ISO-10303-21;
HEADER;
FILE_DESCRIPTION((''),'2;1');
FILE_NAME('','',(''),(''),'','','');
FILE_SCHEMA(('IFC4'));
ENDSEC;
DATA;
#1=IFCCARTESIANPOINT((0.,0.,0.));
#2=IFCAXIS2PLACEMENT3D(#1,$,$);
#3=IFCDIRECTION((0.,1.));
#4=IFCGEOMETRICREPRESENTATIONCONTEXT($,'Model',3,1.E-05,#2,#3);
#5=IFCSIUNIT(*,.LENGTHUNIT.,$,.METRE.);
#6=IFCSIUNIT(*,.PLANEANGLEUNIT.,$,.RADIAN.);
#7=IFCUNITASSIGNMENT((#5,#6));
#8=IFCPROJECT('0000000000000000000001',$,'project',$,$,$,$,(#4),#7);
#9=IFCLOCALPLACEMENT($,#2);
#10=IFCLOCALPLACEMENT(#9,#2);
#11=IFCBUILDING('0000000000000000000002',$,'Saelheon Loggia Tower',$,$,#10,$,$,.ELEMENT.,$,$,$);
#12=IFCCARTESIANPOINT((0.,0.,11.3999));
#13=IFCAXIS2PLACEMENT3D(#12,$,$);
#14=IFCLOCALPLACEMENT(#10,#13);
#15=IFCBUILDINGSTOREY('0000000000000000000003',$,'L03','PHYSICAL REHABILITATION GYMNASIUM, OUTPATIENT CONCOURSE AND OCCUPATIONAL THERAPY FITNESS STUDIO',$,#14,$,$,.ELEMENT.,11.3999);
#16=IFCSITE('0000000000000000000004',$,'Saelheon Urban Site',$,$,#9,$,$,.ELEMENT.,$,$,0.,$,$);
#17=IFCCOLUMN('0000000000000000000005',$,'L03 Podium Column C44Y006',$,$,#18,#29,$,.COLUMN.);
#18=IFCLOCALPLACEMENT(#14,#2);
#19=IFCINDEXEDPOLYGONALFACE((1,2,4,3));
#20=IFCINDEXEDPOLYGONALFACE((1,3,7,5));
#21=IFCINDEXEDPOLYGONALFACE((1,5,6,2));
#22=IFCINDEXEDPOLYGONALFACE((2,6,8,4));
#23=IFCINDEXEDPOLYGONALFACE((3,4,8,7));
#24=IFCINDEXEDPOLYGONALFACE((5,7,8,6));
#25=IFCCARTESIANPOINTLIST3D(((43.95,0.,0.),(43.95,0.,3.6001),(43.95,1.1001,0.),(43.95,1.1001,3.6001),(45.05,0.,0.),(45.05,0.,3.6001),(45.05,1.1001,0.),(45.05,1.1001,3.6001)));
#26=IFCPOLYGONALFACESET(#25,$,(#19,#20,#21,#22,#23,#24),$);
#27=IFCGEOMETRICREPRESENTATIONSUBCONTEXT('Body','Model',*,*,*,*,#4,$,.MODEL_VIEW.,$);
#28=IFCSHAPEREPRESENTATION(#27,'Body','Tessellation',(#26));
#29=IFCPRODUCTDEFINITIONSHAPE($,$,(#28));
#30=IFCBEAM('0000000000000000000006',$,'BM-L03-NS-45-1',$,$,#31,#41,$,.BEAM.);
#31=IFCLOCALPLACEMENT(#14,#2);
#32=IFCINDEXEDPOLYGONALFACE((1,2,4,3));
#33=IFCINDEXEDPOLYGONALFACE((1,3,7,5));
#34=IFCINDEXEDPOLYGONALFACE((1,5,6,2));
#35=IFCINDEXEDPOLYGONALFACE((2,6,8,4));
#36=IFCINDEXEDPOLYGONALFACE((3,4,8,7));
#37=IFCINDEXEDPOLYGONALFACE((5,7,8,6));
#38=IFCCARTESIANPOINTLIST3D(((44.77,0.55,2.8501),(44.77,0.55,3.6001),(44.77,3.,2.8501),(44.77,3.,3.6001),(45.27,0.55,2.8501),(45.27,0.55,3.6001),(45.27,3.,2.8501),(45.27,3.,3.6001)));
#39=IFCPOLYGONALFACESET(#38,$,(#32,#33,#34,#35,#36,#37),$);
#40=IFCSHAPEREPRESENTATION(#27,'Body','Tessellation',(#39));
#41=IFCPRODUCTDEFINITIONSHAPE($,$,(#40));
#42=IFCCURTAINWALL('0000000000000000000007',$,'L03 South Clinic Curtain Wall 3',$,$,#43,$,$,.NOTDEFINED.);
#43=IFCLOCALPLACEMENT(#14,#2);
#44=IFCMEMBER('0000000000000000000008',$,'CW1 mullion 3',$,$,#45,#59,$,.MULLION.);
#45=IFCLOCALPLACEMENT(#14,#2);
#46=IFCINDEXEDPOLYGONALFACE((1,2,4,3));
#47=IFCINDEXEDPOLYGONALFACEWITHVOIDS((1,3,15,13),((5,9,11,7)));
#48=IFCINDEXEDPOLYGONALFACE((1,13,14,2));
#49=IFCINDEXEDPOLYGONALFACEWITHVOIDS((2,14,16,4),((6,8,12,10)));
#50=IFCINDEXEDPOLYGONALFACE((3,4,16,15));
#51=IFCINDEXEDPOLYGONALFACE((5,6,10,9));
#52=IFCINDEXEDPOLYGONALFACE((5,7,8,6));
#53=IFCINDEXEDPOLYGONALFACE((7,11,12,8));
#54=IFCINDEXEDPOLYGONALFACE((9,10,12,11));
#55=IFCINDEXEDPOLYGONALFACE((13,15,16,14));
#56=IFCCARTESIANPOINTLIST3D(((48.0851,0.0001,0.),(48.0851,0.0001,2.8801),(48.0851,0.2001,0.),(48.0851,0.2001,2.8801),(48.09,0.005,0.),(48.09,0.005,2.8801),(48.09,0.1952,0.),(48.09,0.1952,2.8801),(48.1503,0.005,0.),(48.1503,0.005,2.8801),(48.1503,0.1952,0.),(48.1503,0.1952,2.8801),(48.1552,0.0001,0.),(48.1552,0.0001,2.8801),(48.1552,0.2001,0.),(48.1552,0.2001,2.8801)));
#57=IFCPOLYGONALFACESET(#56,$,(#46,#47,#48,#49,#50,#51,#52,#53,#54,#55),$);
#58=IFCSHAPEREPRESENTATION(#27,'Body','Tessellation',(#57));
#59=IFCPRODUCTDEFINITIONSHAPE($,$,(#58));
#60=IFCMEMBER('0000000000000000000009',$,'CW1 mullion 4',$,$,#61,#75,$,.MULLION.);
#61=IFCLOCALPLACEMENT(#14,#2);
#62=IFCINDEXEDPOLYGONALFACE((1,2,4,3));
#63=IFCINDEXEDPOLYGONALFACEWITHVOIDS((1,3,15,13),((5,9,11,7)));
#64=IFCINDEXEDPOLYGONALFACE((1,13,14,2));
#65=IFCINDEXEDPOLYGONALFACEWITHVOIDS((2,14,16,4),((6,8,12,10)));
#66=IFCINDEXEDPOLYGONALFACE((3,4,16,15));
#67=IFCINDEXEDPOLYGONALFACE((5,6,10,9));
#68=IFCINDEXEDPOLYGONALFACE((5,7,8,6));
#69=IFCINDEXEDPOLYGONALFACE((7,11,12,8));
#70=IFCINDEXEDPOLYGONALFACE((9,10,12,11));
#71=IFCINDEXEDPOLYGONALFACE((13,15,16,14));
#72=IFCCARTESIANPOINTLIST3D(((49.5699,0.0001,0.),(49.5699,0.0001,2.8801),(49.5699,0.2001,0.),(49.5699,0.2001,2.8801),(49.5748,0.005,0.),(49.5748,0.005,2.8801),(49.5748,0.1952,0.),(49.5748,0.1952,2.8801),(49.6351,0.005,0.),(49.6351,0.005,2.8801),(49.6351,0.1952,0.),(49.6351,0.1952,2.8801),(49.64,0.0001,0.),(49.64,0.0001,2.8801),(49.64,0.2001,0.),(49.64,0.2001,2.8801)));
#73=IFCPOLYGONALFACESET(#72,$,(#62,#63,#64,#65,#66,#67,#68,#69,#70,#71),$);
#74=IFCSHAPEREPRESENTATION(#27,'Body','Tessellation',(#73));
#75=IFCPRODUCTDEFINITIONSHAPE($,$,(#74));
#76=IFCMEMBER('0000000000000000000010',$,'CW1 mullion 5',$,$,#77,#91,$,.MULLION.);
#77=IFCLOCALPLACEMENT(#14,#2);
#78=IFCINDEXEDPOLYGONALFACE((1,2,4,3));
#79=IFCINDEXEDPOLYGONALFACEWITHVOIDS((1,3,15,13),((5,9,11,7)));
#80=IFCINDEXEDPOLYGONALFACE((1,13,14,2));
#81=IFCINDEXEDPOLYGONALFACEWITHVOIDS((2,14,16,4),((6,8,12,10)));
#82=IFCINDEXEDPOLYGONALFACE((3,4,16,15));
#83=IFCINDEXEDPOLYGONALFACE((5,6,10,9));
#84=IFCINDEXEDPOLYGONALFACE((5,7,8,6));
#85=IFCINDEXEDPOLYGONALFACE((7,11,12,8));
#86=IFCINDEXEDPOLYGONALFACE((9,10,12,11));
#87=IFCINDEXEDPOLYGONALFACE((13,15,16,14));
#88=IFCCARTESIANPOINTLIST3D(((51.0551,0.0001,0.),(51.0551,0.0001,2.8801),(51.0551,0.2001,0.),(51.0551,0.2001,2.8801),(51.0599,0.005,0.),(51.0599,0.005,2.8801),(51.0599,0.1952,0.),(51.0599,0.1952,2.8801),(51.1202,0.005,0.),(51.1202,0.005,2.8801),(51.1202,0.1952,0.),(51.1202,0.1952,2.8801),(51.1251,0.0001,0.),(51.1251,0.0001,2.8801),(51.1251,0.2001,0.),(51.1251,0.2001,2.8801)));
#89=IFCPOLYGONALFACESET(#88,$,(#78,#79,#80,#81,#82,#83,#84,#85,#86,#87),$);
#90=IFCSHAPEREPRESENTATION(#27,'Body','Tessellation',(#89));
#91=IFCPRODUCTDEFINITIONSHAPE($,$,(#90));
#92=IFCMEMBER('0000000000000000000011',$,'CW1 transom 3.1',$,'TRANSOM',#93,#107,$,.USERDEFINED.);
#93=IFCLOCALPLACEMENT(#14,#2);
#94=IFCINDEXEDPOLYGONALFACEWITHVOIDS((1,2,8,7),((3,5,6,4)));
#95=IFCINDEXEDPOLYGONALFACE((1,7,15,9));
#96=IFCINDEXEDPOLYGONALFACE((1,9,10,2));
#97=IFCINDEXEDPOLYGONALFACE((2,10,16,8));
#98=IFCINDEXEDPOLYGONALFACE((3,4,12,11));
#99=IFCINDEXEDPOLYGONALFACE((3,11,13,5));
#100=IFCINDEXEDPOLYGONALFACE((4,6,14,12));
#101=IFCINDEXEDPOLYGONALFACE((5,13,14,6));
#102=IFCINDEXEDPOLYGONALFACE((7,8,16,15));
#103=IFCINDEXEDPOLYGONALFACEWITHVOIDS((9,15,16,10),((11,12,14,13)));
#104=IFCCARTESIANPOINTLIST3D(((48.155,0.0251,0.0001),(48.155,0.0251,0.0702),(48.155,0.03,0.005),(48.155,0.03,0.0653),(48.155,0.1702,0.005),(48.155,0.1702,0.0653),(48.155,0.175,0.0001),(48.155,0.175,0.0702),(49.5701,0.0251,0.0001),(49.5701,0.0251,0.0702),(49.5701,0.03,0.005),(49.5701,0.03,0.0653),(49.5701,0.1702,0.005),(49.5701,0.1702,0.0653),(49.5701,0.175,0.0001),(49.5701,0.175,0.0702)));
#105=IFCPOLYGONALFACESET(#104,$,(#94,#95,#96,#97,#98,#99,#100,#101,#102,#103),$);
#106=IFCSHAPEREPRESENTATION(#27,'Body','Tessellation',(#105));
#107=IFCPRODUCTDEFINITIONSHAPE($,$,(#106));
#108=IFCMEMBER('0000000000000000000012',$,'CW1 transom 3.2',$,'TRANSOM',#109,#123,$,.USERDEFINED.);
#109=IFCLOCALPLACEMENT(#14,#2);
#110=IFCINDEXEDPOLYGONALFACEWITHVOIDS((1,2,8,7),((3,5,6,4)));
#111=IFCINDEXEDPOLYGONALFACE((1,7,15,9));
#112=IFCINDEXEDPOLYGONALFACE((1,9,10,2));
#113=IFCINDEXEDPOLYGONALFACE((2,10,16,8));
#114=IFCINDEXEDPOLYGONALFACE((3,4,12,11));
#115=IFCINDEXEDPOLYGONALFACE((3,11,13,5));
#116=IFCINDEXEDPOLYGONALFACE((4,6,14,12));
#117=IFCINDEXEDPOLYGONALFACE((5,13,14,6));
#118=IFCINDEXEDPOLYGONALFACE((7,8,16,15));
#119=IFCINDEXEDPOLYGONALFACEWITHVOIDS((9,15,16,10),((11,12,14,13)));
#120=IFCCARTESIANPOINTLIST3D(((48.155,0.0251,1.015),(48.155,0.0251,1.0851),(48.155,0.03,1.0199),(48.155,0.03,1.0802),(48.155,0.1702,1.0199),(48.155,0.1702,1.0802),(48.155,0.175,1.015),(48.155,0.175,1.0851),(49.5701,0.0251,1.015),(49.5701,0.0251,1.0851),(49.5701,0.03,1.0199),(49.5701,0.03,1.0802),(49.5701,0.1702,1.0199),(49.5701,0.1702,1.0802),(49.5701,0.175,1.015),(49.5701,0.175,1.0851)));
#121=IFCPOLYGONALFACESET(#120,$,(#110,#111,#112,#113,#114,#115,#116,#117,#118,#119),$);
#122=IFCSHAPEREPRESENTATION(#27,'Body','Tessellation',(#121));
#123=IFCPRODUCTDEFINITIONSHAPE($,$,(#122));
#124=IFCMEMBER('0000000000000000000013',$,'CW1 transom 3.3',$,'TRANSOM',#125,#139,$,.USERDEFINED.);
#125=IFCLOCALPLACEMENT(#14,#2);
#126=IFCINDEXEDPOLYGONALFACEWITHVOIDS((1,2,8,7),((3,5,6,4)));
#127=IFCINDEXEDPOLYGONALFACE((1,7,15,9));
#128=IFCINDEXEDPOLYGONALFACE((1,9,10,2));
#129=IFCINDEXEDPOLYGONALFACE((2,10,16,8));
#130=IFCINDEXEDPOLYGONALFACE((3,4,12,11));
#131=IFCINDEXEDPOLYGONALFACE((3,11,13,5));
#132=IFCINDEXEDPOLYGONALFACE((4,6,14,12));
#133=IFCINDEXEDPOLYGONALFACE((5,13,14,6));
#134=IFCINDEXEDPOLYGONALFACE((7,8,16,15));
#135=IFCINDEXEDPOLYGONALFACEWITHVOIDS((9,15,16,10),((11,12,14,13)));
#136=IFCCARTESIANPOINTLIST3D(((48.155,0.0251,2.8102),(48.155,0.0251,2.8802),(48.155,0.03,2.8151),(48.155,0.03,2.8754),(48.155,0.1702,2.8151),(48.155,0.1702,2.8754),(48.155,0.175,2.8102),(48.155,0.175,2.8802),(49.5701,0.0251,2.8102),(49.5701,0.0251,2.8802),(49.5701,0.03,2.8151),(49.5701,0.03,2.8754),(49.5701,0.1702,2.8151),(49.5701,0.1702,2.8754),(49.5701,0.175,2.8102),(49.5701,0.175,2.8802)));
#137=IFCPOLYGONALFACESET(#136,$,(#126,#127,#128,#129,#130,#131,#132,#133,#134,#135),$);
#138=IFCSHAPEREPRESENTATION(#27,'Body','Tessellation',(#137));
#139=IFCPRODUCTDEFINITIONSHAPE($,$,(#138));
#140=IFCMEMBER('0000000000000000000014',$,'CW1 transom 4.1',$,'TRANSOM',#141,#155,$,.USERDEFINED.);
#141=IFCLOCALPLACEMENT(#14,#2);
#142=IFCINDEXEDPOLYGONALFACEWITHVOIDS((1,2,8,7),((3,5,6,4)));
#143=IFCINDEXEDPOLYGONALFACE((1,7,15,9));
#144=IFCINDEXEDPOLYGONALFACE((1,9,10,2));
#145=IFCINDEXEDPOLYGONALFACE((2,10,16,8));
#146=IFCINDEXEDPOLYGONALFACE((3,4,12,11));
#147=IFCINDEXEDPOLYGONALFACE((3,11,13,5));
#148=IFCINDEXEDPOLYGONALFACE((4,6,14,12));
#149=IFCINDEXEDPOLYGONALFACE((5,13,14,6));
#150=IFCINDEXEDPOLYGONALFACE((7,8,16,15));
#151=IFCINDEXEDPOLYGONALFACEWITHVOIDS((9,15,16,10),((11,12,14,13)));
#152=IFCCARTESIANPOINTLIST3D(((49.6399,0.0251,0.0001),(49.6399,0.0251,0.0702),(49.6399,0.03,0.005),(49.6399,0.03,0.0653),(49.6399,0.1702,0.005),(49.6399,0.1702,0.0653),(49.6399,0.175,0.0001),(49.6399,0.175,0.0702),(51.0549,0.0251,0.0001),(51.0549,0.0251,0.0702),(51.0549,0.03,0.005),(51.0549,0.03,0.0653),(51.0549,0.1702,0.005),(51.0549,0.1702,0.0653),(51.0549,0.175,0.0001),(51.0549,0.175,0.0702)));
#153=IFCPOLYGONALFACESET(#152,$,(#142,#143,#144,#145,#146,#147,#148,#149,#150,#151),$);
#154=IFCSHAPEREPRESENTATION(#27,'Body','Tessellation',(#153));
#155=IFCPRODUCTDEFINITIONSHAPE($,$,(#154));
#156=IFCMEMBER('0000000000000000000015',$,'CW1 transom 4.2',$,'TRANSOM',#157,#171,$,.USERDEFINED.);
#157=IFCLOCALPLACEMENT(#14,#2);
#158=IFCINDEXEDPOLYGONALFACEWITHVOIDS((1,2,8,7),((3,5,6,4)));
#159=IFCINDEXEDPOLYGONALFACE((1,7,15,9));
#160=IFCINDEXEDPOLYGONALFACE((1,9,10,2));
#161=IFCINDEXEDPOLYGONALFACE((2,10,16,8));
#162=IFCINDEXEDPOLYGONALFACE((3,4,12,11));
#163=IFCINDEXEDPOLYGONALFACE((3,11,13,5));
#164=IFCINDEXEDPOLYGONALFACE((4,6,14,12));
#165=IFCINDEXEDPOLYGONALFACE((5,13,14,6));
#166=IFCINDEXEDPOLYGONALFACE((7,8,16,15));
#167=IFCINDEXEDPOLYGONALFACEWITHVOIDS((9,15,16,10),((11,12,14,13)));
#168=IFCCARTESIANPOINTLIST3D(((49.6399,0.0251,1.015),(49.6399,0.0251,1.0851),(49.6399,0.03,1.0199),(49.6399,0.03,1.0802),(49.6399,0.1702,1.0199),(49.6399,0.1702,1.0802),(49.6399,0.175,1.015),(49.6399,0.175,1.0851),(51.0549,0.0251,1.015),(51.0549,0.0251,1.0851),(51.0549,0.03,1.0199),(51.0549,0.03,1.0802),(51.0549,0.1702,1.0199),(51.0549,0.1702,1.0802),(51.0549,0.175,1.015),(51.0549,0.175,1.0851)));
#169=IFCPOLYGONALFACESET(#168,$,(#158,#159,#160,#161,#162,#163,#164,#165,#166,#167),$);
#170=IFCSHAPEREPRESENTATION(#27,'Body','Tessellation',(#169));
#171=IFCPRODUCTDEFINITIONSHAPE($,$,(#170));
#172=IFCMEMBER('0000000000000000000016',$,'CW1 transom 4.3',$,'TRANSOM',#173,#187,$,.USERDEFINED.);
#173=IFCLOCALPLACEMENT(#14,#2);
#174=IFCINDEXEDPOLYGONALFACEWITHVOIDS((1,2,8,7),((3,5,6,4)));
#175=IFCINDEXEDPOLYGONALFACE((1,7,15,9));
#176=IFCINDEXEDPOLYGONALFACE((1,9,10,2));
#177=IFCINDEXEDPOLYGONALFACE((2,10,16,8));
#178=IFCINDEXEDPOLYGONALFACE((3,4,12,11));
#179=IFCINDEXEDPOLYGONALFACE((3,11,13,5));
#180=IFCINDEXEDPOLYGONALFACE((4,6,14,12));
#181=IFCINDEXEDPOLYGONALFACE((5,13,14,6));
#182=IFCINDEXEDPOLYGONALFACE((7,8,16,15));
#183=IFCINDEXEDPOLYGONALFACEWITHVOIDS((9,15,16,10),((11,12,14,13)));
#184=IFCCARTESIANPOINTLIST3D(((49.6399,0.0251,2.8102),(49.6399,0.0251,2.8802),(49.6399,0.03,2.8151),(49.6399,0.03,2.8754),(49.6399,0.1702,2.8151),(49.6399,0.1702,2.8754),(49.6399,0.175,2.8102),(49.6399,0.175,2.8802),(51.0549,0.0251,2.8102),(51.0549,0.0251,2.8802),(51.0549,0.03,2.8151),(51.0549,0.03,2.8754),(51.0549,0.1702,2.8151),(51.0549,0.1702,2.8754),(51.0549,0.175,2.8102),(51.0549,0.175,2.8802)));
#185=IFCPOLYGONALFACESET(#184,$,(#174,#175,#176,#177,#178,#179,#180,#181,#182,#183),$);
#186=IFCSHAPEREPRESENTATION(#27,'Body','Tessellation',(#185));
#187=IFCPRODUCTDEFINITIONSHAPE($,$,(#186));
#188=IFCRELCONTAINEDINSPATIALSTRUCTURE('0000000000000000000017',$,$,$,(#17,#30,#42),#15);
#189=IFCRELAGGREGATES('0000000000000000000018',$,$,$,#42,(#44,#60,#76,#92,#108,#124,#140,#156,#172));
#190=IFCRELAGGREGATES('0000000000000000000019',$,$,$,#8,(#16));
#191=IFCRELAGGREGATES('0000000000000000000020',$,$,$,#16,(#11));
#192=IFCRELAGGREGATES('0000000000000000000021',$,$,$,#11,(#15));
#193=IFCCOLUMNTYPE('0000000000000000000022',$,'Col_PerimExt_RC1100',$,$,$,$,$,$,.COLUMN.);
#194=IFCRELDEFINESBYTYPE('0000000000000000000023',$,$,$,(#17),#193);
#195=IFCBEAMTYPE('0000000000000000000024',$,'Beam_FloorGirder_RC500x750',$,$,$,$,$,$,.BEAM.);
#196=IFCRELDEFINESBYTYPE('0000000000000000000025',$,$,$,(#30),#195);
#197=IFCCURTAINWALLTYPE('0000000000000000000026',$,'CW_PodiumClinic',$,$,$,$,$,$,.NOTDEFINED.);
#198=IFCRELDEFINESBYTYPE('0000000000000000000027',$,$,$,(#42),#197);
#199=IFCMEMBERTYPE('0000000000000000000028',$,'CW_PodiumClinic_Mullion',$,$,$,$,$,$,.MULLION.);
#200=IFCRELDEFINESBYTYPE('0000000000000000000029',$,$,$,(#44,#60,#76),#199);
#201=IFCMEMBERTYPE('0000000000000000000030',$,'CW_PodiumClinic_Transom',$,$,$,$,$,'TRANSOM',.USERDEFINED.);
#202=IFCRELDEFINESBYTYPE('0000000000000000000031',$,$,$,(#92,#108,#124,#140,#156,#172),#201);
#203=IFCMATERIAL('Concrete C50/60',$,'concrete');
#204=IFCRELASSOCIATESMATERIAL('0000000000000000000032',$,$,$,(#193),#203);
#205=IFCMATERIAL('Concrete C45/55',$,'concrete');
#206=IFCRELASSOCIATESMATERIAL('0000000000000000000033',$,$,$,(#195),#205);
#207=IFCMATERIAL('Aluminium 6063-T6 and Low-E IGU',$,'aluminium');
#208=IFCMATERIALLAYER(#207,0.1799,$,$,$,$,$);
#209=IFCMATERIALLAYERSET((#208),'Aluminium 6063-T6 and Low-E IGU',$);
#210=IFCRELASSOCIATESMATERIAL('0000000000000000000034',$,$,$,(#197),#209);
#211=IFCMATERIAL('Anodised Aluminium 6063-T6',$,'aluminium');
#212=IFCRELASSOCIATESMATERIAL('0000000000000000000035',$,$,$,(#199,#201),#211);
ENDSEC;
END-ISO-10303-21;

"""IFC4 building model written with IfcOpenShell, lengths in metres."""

from ifc_helpers import new_model, si_unit, direction, frame, origin, origin_2d, place, context, subcontext, project, spatial, rectangle, hollow_rectangle, extrude, source, transform, mapped, material, layer, layer_set, material_profile, profile_set, type_object, element, aggregate, save


model = new_model("IFC4")

# Units and contexts
model_context = context("Model", 3, precision=1e-05, world=origin(), true_north=direction((0.0, 1.0)))
body_context = subcontext(model_context, "Body", "Model", "MODEL_VIEW")
ifc_project = project(units=[si_unit("LENGTHUNIT", "METRE"), si_unit("PLANEANGLEUNIT", "RADIAN")], contexts=[model_context])

# Site, building, storey
site_placement = place(None, origin())
site = spatial("IfcSite", under=ifc_project, at=site_placement, Name="Saelheon Urban Site", CompositionType="ELEMENT", RefElevation=0.0)
building_placement = place(site_placement, origin())
building = spatial("IfcBuilding", under=site, at=building_placement, Name="Saelheon Loggia Tower", CompositionType="ELEMENT")
storey_placement = place(building_placement, frame((0.0, 0.0, 11.3999)))
storey = spatial("IfcBuildingStorey", under=building, at=storey_placement, Name="L03", Description="PHYSICAL REHABILITATION GYMNASIUM, OUTPATIENT CONCOURSE AND OCCUPATIONAL THERAPY FITNESS STUDIO", CompositionType="ELEMENT", Elevation=11.3999)

# Column
ifc_material_1 = material(Name="Concrete C50/60", Category="concrete")
ifc_material_profile_1 = material_profile(ifc_material_1, rectangle(XDim=1.1001, YDim=1.1001, at=origin_2d()), Name="RC-1100x1100")
ifc_profile_set_1 = profile_set([ifc_material_profile_1], Name="Concrete C50/60")
column_type = type_object("IfcColumnType", Name="Col_PerimExt_RC1100", PredefinedType="COLUMN", material=ifc_profile_set_1)
shared_shape_1 = source(origin(), body_context, "Body", "SweptSolid", [
    extrude(rectangle(XDim=1.1001, YDim=1.1001, at=origin_2d()), origin(), (0.0, 0.0, 1.0), 3.6001),
])
column_placement = place(storey_placement, frame((44.5, 0.55, 0.0), z_axis=(0.0, 0.0, 1.0), x_axis=(1.0, 0.0, 0.0)))
element("IfcColumn", 1, at=column_placement, inside=storey, type_object=column_type, Name="L03 Podium Column C44Y006", PredefinedType="COLUMN", context=body_context, shape_type="MappedRepresentation", body=[
    mapped(shared_shape_1, transform((0.0, 0.0, 0.0), scale=1.0)),
])

# Beam
ifc_material_2 = material(Name="Concrete C45/55", Category="concrete")
ifc_material_profile_2 = material_profile(ifc_material_2, rectangle(XDim=0.5, YDim=0.75, at=origin_2d()), Name="RC-500x750")
ifc_profile_set_2 = profile_set([ifc_material_profile_2], Name="Concrete C45/55")
beam_type = type_object("IfcBeamType", Name="Beam_FloorGirder_RC500x750", PredefinedType="BEAM", material=ifc_profile_set_2)
shared_shape_2 = source(origin(), body_context, "Body", "SweptSolid", [
    extrude(rectangle(XDim=0.5, YDim=0.75, at=origin_2d()), origin(), (0.0, 0.0, 1.0), 2.45),
])
beam_placement = place(storey_placement, frame((45.02, 0.55, 3.2251), z_axis=(0.0, 1.0, 0.0), x_axis=(-1.0, 0.0, 0.0)))
element("IfcBeam", 2, at=beam_placement, inside=storey, type_object=beam_type, Name="BM-L03-NS-45-1", PredefinedType="BEAM", context=body_context, shape_type="MappedRepresentation", body=[
    mapped(shared_shape_2, transform((0.0, 0.0, 0.0), scale=1.0)),
])

# Curtain wall, members
ifc_material_3 = material(Name="Aluminium 6063-T6 and Low-E IGU", Category="aluminium")
ifc_layer_1 = layer(ifc_material_3, 0.1799)
ifc_layer_set_1 = layer_set([ifc_layer_1], Name="Aluminium 6063-T6 and Low-E IGU")
curtain_wall_type = type_object("IfcCurtainWallType", Name="CW_PodiumClinic", PredefinedType="NOTDEFINED", material=ifc_layer_set_1)
curtain_wall_placement = place(storey_placement, origin())
curtain_wall = element("IfcCurtainWall", 3, at=curtain_wall_placement, inside=storey, type_object=curtain_wall_type, Name="L03 South Clinic Curtain Wall 3", PredefinedType="NOTDEFINED")
ifc_material_4 = material(Name="Anodised Aluminium 6063-T6", Category="aluminium")
ifc_material_profile_3 = material_profile(ifc_material_4, hollow_rectangle(XDim=0.0701, YDim=0.2, WallThickness=0.0049, at=origin_2d()), Name="RHS-200x70x5")
ifc_profile_set_3 = profile_set([ifc_material_profile_3], Name="Anodised Aluminium 6063-T6")
member_type_1 = type_object("IfcMemberType", Name="CW_PodiumClinic_Mullion", PredefinedType="MULLION", material=ifc_profile_set_3)
shared_shape_3 = source(origin(), body_context, "Body", "SweptSolid", [
    extrude(hollow_rectangle(XDim=0.0701, YDim=0.2, WallThickness=0.0049, at=origin_2d()), origin(), (0.0, 0.0, 1.0), 2.8801),
])
member_1_placement = place(storey_placement, frame((48.1201, 0.1001, 0.0), z_axis=(0.0, 0.0, 1.0), x_axis=(1.0, 0.0, 0.0)))
member_1 = element("IfcMember", 4, at=member_1_placement, type_object=member_type_1, Name="CW1 mullion 3", PredefinedType="MULLION", context=body_context, shape_type="MappedRepresentation", body=[
    mapped(shared_shape_3, transform((0.0, 0.0, 0.0), scale=1.0)),
])
member_2_placement = place(storey_placement, frame((49.605, 0.1001, 0.0), z_axis=(0.0, 0.0, 1.0), x_axis=(1.0, 0.0, 0.0)))
member_2 = element("IfcMember", 5, at=member_2_placement, type_object=member_type_1, Name="CW1 mullion 4", PredefinedType="MULLION", context=body_context, shape_type="MappedRepresentation", body=[
    mapped(shared_shape_3, transform((0.0, 0.0, 0.0), scale=1.0)),
])
member_3_placement = place(storey_placement, frame((51.0901, 0.1001, 0.0), z_axis=(0.0, 0.0, 1.0), x_axis=(1.0, 0.0, 0.0)))
member_3 = element("IfcMember", 6, at=member_3_placement, type_object=member_type_1, Name="CW1 mullion 5", PredefinedType="MULLION", context=body_context, shape_type="MappedRepresentation", body=[
    mapped(shared_shape_3, transform((0.0, 0.0, 0.0), scale=1.0)),
])
ifc_material_profile_4 = material_profile(ifc_material_4, hollow_rectangle(XDim=0.0701, YDim=0.1499, WallThickness=0.0049, at=origin_2d()), Name="RHS-150x70x5")
ifc_profile_set_4 = profile_set([ifc_material_profile_4], Name="Anodised Aluminium 6063-T6")
member_type_2 = type_object("IfcMemberType", Name="CW_PodiumClinic_Transom", ElementType="TRANSOM", PredefinedType="USERDEFINED", material=ifc_profile_set_4)
shared_shape_4 = source(origin(), body_context, "Body", "SweptSolid", [
    extrude(hollow_rectangle(XDim=0.0701, YDim=0.1499, WallThickness=0.0049, at=origin_2d()), origin(), (0.0, 0.0, 1.0), 1.415),
])
member_4_placement = place(storey_placement, frame((48.155, 0.1001, 0.0352), z_axis=(1.0, 0.0, 0.0), x_axis=(0.0, 0.0, 1.0)))
member_4 = element("IfcMember", 7, at=member_4_placement, type_object=member_type_2, Name="CW1 transom 3.1", ObjectType="TRANSOM", PredefinedType="USERDEFINED", context=body_context, shape_type="MappedRepresentation", body=[
    mapped(shared_shape_4, transform((0.0, 0.0, 0.0), scale=1.0)),
])
member_5_placement = place(storey_placement, frame((48.155, 0.1001, 1.05), z_axis=(1.0, 0.0, 0.0), x_axis=(0.0, 0.0, 1.0)))
member_5 = element("IfcMember", 8, at=member_5_placement, type_object=member_type_2, Name="CW1 transom 3.2", ObjectType="TRANSOM", PredefinedType="USERDEFINED", context=body_context, shape_type="MappedRepresentation", body=[
    mapped(shared_shape_4, transform((0.0, 0.0, 0.0), scale=1.0)),
])
member_6_placement = place(storey_placement, frame((48.155, 0.1001, 2.8452), z_axis=(1.0, 0.0, 0.0), x_axis=(0.0, 0.0, 1.0)))
member_6 = element("IfcMember", 9, at=member_6_placement, type_object=member_type_2, Name="CW1 transom 3.3", ObjectType="TRANSOM", PredefinedType="USERDEFINED", context=body_context, shape_type="MappedRepresentation", body=[
    mapped(shared_shape_4, transform((0.0, 0.0, 0.0), scale=1.0)),
])
member_7_placement = place(storey_placement, frame((49.6399, 0.1001, 0.0352), z_axis=(1.0, 0.0, 0.0), x_axis=(0.0, 0.0, 1.0)))
member_7 = element("IfcMember", 10, at=member_7_placement, type_object=member_type_2, Name="CW1 transom 4.1", ObjectType="TRANSOM", PredefinedType="USERDEFINED", context=body_context, shape_type="MappedRepresentation", body=[
    mapped(shared_shape_4, transform((0.0, 0.0, 0.0), scale=1.0)),
])
member_8_placement = place(storey_placement, frame((49.6399, 0.1001, 1.05), z_axis=(1.0, 0.0, 0.0), x_axis=(0.0, 0.0, 1.0)))
member_8 = element("IfcMember", 11, at=member_8_placement, type_object=member_type_2, Name="CW1 transom 4.2", ObjectType="TRANSOM", PredefinedType="USERDEFINED", context=body_context, shape_type="MappedRepresentation", body=[
    mapped(shared_shape_4, transform((0.0, 0.0, 0.0), scale=1.0)),
])
member_9_placement = place(storey_placement, frame((49.6399, 0.1001, 2.8452), z_axis=(1.0, 0.0, 0.0), x_axis=(0.0, 0.0, 1.0)))
member_9 = element("IfcMember", 12, at=member_9_placement, type_object=member_type_2, Name="CW1 transom 4.3", ObjectType="TRANSOM", PredefinedType="USERDEFINED", context=body_context, shape_type="MappedRepresentation", body=[
    mapped(shared_shape_4, transform((0.0, 0.0, 0.0), scale=1.0)),
])
aggregate(curtain_wall, [member_1, member_2, member_3, member_4, member_5, member_6, member_7, member_8, member_9])

save(model, "model.ifc")
